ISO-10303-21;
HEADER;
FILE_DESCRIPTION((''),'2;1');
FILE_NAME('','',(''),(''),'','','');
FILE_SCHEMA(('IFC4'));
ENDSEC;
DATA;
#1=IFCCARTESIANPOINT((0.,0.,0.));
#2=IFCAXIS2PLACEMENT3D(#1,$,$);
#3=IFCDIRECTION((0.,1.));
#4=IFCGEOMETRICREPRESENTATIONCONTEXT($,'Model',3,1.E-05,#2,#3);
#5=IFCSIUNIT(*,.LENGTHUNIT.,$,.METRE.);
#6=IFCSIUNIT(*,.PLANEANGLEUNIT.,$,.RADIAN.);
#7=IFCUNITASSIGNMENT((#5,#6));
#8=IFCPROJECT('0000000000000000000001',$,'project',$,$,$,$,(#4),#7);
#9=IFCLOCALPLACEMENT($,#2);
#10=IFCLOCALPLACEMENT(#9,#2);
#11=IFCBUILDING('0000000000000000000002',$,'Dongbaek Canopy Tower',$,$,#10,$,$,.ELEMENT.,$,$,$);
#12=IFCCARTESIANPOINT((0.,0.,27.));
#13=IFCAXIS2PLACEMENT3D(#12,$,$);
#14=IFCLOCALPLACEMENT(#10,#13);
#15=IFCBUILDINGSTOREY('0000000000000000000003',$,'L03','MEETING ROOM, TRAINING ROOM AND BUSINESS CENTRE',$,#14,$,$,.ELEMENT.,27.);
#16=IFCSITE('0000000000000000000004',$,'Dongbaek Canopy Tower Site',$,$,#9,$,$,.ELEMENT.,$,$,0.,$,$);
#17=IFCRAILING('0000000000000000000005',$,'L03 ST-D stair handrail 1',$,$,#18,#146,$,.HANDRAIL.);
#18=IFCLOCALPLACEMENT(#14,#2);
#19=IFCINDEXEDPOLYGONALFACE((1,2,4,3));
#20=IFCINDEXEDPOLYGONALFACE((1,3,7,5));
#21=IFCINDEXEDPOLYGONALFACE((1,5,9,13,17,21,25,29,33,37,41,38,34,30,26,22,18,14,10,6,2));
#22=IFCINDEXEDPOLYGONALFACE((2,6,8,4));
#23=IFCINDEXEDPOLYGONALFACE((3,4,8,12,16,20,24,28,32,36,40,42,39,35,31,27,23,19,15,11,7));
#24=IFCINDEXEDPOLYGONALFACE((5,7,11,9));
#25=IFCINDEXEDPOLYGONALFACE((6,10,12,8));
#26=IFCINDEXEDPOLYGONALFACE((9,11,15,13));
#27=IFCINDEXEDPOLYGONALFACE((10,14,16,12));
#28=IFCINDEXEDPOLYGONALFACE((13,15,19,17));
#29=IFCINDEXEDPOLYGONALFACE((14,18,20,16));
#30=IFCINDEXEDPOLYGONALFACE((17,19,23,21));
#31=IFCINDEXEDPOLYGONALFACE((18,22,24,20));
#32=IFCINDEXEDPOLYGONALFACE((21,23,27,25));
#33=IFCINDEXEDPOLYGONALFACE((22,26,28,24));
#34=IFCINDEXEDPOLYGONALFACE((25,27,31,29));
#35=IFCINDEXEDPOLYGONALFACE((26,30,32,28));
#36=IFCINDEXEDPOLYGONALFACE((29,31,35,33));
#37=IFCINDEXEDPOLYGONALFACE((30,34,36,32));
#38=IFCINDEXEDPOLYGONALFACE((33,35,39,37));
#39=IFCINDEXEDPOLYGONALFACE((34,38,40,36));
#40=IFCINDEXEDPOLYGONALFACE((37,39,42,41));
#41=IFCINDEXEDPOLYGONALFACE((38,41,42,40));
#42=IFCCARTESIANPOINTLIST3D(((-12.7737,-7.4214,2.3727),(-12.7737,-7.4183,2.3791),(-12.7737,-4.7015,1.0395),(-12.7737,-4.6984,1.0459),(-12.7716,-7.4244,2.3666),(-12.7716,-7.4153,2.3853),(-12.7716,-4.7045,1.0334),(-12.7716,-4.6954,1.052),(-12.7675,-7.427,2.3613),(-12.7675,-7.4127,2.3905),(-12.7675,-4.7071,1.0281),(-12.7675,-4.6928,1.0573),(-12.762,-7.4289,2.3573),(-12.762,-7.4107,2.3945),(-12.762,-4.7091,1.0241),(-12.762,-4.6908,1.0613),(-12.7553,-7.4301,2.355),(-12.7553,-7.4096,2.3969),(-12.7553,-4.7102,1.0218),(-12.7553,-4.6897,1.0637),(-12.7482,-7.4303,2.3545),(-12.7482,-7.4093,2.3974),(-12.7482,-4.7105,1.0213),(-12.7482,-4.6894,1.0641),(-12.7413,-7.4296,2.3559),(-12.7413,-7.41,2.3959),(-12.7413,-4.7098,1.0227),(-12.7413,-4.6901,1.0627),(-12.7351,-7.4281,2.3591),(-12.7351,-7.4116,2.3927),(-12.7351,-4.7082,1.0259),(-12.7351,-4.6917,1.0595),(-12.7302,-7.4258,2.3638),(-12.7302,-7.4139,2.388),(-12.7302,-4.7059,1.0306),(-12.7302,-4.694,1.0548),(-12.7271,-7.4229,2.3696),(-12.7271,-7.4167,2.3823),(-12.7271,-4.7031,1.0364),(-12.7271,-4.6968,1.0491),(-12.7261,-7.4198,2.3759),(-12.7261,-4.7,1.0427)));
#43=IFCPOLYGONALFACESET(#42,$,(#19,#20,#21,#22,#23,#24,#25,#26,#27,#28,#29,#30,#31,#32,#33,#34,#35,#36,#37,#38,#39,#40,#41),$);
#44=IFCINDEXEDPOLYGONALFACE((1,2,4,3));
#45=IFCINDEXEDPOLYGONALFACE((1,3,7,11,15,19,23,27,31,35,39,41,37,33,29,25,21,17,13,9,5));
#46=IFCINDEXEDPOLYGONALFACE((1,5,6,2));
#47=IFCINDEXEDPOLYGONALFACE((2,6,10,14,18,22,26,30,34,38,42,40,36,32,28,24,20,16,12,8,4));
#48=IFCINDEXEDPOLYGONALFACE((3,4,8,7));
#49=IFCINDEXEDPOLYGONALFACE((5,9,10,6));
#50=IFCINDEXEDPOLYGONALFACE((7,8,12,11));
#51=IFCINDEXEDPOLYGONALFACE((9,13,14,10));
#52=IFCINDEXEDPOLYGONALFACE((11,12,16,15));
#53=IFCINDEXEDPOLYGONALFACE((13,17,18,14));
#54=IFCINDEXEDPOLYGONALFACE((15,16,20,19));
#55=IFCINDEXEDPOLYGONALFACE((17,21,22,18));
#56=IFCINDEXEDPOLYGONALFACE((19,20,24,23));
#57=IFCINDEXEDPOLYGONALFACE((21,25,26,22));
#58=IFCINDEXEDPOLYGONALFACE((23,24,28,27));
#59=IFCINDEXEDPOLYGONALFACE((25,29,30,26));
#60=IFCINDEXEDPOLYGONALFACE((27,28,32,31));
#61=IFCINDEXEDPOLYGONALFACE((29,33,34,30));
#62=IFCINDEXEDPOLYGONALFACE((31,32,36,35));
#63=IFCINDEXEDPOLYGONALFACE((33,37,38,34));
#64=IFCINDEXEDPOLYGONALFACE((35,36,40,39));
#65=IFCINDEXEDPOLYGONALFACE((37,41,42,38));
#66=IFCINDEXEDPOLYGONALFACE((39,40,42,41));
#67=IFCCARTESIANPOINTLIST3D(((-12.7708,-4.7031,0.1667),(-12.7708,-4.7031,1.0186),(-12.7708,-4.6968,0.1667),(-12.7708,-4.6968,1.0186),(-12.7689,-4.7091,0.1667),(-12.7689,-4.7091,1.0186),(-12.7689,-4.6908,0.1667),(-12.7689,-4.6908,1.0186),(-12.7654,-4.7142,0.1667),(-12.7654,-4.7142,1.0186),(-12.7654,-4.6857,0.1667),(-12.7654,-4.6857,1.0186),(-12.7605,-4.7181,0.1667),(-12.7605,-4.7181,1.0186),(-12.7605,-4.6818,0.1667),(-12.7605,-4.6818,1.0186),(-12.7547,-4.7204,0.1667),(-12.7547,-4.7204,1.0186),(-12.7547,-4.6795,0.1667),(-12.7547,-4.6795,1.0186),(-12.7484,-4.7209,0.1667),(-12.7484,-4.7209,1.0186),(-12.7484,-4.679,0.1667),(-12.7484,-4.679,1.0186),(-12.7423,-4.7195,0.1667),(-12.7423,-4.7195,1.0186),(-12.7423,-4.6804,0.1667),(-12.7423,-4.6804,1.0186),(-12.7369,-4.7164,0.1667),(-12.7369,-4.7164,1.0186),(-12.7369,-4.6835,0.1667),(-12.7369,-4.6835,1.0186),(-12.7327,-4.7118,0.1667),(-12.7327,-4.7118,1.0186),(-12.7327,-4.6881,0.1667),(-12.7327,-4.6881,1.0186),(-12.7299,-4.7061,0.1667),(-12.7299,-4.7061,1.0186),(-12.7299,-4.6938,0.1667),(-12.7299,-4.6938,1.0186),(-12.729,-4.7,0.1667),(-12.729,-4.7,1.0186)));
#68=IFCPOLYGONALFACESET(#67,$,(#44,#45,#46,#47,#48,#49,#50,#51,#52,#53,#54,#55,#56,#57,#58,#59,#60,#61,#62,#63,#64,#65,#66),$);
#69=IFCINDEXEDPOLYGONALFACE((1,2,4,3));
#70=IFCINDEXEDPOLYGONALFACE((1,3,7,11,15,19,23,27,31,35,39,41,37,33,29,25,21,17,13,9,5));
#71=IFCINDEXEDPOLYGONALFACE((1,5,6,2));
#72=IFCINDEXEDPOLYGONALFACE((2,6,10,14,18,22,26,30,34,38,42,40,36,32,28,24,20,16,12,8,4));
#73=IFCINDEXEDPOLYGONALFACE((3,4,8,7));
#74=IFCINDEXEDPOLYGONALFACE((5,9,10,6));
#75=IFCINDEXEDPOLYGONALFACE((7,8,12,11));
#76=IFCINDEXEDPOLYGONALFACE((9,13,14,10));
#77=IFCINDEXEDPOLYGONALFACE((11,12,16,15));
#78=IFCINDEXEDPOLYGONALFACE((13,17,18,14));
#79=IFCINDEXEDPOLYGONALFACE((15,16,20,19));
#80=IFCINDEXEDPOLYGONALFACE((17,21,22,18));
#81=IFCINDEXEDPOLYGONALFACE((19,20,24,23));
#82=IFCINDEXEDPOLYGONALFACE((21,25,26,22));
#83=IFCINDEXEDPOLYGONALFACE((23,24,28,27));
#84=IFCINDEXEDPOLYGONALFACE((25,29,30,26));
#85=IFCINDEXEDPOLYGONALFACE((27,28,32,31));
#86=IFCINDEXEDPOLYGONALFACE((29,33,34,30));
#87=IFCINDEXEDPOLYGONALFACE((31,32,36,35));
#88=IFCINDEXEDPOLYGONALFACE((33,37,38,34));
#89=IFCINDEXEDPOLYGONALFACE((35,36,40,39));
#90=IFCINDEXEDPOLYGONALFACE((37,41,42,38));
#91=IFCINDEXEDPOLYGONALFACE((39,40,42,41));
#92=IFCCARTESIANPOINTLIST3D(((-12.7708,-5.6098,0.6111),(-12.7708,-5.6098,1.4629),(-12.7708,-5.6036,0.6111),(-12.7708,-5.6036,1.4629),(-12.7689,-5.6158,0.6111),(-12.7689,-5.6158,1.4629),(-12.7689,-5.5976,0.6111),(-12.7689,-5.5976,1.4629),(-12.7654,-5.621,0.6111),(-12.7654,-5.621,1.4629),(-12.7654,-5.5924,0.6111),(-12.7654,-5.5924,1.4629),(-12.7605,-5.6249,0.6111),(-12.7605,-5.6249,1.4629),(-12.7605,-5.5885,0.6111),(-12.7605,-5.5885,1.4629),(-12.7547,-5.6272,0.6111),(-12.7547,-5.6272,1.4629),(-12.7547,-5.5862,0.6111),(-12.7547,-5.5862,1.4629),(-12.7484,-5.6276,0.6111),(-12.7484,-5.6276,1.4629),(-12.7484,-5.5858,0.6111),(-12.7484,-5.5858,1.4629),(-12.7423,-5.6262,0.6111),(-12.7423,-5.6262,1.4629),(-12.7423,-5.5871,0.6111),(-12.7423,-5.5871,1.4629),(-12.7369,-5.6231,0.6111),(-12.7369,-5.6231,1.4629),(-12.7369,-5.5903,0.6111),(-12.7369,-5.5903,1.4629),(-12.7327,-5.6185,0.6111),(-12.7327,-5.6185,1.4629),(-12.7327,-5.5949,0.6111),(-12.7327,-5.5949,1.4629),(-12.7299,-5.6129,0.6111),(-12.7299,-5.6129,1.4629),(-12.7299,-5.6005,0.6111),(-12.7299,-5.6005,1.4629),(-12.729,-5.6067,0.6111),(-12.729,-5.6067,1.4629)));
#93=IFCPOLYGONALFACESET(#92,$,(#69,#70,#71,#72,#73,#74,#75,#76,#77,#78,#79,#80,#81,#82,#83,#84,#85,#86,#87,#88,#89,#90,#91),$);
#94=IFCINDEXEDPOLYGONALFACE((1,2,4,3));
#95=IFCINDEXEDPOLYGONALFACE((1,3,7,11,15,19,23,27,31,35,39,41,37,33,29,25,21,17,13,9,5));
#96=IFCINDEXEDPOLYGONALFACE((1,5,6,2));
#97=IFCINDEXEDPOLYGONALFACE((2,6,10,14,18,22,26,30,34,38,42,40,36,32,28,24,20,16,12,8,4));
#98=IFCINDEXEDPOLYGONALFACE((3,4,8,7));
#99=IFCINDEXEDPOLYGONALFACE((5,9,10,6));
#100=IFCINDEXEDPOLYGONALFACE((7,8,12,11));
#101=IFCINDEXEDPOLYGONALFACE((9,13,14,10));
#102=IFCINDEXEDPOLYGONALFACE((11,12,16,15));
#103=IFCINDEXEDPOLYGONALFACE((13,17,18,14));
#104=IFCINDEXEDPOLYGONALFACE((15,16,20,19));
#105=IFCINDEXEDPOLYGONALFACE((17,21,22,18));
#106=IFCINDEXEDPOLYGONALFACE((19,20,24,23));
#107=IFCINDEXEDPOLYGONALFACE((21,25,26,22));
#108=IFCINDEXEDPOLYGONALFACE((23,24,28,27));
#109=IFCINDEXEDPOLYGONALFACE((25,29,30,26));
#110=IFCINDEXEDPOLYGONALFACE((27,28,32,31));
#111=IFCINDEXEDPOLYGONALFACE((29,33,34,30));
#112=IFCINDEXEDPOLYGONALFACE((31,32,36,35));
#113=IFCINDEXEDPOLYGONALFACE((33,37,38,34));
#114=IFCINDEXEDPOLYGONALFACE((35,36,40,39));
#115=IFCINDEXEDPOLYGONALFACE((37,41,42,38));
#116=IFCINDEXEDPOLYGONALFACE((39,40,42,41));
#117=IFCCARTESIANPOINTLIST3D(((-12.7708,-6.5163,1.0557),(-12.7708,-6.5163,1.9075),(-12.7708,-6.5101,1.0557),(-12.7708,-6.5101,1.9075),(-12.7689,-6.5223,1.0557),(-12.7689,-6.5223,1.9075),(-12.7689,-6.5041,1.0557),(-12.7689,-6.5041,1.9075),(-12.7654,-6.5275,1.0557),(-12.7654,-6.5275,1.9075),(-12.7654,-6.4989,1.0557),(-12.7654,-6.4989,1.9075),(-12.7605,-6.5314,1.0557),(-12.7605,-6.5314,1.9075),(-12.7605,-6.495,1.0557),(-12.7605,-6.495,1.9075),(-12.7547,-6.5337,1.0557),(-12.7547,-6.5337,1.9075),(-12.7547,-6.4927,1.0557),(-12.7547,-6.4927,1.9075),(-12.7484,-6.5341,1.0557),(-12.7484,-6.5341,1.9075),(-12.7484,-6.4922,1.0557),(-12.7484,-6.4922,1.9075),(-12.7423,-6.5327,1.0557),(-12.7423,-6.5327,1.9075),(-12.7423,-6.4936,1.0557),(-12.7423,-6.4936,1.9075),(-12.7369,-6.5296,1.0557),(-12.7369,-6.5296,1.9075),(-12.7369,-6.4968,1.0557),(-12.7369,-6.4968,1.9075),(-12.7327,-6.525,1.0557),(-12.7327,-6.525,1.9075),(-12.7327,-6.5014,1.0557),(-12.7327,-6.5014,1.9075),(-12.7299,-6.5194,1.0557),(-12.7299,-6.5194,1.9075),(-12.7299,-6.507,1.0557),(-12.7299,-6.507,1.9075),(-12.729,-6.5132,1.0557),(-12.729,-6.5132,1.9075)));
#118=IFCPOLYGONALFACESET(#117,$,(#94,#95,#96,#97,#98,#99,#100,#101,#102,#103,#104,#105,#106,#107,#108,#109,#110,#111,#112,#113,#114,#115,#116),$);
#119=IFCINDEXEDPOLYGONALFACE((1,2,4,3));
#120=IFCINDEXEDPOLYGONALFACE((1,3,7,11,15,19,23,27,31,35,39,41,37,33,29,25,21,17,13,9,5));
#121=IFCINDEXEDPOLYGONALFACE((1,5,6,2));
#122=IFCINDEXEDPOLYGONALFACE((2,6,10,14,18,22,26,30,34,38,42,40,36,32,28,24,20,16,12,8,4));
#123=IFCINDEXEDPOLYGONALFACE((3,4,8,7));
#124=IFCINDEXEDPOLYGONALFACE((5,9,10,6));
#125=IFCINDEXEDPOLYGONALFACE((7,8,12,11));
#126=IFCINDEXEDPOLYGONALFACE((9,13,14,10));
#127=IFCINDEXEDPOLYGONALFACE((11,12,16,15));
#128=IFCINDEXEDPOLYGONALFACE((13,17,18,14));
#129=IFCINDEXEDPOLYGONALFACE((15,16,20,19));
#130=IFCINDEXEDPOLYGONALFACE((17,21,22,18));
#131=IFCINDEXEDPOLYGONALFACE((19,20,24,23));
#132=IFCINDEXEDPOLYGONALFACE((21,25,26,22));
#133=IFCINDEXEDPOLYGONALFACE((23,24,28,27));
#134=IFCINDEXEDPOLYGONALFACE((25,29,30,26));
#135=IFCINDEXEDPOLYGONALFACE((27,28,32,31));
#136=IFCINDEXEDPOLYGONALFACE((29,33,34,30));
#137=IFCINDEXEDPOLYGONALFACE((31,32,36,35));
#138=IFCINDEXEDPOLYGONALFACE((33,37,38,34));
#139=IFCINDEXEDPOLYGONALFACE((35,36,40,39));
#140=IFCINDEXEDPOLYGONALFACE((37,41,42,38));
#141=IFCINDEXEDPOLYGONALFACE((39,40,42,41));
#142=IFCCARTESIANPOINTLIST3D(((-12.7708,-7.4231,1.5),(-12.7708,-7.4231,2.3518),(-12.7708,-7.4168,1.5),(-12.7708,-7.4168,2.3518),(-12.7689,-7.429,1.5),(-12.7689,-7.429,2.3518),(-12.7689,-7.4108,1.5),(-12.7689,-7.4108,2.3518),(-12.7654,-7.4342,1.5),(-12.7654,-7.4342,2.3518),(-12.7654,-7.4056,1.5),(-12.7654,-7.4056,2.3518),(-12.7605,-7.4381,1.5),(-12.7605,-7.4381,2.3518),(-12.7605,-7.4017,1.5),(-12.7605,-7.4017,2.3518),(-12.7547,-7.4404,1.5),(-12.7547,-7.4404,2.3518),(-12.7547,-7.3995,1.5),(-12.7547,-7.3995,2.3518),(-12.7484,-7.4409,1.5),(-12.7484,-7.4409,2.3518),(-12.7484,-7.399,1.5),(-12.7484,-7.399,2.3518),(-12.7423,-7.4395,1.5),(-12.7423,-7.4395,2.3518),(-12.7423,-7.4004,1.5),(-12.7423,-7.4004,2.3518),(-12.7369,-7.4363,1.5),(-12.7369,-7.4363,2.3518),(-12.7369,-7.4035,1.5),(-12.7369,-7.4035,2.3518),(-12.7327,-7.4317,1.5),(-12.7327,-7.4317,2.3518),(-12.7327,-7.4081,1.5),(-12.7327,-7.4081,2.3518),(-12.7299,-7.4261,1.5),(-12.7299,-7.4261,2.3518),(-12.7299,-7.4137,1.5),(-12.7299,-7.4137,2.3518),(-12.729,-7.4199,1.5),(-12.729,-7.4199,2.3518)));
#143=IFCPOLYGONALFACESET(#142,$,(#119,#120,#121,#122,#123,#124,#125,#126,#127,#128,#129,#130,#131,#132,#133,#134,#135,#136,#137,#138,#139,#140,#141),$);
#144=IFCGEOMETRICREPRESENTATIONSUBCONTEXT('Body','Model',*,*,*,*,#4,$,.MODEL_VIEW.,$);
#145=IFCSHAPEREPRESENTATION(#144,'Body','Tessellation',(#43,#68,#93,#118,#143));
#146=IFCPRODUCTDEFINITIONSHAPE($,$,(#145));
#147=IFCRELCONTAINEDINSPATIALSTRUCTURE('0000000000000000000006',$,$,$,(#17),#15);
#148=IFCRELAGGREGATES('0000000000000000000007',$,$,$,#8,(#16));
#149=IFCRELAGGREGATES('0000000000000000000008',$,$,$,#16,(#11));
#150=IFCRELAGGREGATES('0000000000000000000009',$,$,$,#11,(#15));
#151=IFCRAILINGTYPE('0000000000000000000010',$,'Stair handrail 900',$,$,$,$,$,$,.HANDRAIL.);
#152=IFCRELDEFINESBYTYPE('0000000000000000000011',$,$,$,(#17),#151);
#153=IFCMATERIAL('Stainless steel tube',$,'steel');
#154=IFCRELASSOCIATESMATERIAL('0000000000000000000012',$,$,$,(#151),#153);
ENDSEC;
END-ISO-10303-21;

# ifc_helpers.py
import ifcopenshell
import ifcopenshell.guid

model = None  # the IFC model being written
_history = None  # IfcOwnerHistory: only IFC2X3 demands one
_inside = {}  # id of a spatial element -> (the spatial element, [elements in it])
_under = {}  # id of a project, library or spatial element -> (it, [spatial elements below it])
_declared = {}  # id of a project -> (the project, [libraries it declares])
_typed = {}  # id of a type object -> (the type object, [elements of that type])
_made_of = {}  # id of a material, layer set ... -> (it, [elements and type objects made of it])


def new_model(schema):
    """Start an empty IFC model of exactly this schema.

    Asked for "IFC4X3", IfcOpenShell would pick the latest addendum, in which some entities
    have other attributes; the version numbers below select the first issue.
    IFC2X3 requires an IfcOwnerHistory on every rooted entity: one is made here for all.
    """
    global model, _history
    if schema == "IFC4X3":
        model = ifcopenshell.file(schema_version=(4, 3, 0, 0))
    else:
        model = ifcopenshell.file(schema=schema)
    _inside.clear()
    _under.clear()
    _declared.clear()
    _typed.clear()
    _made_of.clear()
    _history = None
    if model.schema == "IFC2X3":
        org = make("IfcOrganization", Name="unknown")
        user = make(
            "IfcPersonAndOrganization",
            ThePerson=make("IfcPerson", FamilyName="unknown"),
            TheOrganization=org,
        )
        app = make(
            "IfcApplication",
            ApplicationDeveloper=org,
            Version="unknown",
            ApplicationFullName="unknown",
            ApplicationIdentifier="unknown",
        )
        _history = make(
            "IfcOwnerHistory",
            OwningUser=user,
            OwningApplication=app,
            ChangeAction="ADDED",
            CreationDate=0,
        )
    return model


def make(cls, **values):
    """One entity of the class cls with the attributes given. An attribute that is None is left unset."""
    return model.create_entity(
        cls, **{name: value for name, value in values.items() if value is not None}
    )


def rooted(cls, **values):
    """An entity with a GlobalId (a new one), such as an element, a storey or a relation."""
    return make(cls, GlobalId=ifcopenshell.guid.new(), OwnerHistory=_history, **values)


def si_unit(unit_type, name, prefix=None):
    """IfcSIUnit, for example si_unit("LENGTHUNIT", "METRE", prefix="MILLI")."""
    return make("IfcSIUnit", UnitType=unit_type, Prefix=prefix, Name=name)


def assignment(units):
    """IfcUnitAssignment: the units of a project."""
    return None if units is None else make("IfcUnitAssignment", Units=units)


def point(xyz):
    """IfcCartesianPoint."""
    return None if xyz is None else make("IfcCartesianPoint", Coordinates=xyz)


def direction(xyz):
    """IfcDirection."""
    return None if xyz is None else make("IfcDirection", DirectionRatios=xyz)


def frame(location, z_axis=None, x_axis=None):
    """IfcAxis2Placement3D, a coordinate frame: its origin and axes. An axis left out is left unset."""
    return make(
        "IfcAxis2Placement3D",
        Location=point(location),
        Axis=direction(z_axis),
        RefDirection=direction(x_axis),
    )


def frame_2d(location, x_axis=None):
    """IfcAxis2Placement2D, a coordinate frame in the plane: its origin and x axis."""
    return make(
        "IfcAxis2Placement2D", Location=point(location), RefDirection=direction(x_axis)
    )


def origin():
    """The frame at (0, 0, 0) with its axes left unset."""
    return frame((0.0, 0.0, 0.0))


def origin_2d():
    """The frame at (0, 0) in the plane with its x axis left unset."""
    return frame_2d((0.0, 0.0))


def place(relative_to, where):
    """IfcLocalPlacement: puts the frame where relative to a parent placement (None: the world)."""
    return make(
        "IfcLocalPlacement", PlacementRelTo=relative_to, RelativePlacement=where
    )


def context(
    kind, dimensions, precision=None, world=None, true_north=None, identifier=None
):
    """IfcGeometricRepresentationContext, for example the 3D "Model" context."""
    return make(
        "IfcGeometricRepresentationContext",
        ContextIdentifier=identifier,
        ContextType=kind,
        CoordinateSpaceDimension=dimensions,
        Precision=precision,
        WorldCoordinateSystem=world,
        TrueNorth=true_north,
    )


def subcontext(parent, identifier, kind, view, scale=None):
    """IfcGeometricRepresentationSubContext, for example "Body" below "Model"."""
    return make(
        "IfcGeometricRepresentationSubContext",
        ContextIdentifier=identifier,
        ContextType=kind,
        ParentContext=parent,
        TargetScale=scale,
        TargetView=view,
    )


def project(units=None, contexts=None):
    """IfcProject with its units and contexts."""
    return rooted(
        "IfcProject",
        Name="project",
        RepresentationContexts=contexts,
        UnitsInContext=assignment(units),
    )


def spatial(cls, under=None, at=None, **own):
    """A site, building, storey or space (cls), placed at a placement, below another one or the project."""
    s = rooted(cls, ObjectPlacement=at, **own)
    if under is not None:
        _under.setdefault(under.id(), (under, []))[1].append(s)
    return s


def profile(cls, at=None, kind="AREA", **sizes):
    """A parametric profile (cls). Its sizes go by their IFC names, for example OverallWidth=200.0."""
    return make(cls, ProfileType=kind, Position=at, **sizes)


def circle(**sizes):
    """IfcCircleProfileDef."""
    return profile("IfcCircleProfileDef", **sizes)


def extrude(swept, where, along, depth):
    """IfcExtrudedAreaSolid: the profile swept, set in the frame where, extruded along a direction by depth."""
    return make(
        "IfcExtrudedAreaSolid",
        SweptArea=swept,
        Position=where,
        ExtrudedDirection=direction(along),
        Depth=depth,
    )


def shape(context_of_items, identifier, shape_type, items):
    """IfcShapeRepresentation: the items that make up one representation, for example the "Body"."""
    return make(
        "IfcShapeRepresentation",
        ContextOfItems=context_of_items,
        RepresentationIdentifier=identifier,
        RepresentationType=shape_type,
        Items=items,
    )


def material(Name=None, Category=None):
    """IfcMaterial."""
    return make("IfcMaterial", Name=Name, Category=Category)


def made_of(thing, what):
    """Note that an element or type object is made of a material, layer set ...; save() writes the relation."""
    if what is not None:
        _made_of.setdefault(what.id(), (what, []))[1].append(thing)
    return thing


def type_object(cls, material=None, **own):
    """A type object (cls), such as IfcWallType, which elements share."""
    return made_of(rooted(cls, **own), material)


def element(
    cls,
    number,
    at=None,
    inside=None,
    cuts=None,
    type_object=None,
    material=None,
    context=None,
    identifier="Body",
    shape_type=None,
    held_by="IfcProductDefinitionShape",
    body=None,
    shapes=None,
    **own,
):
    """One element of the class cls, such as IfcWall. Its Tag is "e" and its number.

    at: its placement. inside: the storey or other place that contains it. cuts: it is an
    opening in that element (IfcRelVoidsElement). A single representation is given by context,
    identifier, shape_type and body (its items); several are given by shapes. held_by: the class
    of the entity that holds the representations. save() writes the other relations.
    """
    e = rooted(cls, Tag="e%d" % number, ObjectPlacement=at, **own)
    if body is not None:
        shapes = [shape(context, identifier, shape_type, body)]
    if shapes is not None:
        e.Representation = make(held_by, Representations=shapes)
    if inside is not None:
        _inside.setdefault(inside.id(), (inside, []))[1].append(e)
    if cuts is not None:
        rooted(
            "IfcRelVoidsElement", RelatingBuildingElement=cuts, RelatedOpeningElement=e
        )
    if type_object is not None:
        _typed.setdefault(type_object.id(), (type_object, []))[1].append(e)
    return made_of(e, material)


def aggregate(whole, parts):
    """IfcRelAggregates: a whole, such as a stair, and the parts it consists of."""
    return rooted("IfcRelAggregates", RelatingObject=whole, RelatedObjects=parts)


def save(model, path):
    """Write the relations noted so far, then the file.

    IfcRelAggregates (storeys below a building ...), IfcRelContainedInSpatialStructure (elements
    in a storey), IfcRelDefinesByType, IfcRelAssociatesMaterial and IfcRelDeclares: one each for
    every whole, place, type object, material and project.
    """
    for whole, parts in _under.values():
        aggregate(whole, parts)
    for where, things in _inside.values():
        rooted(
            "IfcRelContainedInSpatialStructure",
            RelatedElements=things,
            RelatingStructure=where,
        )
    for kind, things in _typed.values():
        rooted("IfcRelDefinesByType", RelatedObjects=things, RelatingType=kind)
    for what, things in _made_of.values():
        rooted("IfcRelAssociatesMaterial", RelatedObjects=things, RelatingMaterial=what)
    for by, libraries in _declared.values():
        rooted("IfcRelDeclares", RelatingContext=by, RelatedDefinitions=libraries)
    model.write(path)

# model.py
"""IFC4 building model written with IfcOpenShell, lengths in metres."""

from ifc_helpers import new_model, si_unit, direction, frame, origin, origin_2d, place, context, subcontext, project, spatial, circle, extrude, material, type_object, element, save


model = new_model("IFC4")

# Units and contexts
model_context = context("Model", 3, precision=1e-05, world=origin(), true_north=direction((0.0, 1.0)))
body_context = subcontext(model_context, "Body", "Model", "MODEL_VIEW")
ifc_project = project(units=[si_unit("LENGTHUNIT", "METRE"), si_unit("PLANEANGLEUNIT", "RADIAN")], contexts=[model_context])

# Site, building, storey
site_placement = place(None, origin())
site = spatial("IfcSite", under=ifc_project, at=site_placement, Name="Dongbaek Canopy Tower Site", CompositionType="ELEMENT", RefElevation=0.0)
building_placement = place(site_placement, origin())
building = spatial("IfcBuilding", under=site, at=building_placement, Name="Dongbaek Canopy Tower", CompositionType="ELEMENT")
storey_placement = place(building_placement, frame((0.0, 0.0, 27.0)))
storey = spatial("IfcBuildingStorey", under=building, at=storey_placement, Name="L03", Description="MEETING ROOM, TRAINING ROOM AND BUSINESS CENTRE", CompositionType="ELEMENT", Elevation=27.0)

# Railing
ifc_material_1 = material(Name="Stainless steel tube", Category="steel")
railing_type = type_object("IfcRailingType", Name="Stair handrail 900", PredefinedType="HANDRAIL", material=ifc_material_1)
for number, where, name in (
    (1, (-12.75, -4.7, 0.1667), "L03 ST-D stair handrail 1"),
):
    element("IfcRailing", number, at=place(storey_placement, frame(where)), inside=storey, type_object=railing_type, Name=name, PredefinedType="HANDRAIL", context=body_context, shape_type="SweptSolid", body=[
        extrude(circle(Radius=0.0239, at=origin_2d()), frame((0.0, 0.0, 0.876), z_axis=(0.0, -0.897929, 0.440139), x_axis=(1.0, 0.0, 0.0)), (0.0, 0.0, 1.0), 3.0291),
        extrude(circle(Radius=0.021, at=origin_2d()), origin(), (0.0, 0.0, 1.0), 0.8518),
        extrude(circle(Radius=0.021, at=origin_2d()), frame((0.0, -0.9067, 0.4443)), (0.0, 0.0, 1.0), 0.8518),
        extrude(circle(Radius=0.021, at=origin_2d()), frame((0.0, -1.8132, 0.8889)), (0.0, 0.0, 1.0), 0.8518),
        extrude(circle(Radius=0.021, at=origin_2d()), frame((0.0, -2.72, 1.3333)), (0.0, 0.0, 1.0), 0.8518),
    ])

save(model, "model.ifc")
